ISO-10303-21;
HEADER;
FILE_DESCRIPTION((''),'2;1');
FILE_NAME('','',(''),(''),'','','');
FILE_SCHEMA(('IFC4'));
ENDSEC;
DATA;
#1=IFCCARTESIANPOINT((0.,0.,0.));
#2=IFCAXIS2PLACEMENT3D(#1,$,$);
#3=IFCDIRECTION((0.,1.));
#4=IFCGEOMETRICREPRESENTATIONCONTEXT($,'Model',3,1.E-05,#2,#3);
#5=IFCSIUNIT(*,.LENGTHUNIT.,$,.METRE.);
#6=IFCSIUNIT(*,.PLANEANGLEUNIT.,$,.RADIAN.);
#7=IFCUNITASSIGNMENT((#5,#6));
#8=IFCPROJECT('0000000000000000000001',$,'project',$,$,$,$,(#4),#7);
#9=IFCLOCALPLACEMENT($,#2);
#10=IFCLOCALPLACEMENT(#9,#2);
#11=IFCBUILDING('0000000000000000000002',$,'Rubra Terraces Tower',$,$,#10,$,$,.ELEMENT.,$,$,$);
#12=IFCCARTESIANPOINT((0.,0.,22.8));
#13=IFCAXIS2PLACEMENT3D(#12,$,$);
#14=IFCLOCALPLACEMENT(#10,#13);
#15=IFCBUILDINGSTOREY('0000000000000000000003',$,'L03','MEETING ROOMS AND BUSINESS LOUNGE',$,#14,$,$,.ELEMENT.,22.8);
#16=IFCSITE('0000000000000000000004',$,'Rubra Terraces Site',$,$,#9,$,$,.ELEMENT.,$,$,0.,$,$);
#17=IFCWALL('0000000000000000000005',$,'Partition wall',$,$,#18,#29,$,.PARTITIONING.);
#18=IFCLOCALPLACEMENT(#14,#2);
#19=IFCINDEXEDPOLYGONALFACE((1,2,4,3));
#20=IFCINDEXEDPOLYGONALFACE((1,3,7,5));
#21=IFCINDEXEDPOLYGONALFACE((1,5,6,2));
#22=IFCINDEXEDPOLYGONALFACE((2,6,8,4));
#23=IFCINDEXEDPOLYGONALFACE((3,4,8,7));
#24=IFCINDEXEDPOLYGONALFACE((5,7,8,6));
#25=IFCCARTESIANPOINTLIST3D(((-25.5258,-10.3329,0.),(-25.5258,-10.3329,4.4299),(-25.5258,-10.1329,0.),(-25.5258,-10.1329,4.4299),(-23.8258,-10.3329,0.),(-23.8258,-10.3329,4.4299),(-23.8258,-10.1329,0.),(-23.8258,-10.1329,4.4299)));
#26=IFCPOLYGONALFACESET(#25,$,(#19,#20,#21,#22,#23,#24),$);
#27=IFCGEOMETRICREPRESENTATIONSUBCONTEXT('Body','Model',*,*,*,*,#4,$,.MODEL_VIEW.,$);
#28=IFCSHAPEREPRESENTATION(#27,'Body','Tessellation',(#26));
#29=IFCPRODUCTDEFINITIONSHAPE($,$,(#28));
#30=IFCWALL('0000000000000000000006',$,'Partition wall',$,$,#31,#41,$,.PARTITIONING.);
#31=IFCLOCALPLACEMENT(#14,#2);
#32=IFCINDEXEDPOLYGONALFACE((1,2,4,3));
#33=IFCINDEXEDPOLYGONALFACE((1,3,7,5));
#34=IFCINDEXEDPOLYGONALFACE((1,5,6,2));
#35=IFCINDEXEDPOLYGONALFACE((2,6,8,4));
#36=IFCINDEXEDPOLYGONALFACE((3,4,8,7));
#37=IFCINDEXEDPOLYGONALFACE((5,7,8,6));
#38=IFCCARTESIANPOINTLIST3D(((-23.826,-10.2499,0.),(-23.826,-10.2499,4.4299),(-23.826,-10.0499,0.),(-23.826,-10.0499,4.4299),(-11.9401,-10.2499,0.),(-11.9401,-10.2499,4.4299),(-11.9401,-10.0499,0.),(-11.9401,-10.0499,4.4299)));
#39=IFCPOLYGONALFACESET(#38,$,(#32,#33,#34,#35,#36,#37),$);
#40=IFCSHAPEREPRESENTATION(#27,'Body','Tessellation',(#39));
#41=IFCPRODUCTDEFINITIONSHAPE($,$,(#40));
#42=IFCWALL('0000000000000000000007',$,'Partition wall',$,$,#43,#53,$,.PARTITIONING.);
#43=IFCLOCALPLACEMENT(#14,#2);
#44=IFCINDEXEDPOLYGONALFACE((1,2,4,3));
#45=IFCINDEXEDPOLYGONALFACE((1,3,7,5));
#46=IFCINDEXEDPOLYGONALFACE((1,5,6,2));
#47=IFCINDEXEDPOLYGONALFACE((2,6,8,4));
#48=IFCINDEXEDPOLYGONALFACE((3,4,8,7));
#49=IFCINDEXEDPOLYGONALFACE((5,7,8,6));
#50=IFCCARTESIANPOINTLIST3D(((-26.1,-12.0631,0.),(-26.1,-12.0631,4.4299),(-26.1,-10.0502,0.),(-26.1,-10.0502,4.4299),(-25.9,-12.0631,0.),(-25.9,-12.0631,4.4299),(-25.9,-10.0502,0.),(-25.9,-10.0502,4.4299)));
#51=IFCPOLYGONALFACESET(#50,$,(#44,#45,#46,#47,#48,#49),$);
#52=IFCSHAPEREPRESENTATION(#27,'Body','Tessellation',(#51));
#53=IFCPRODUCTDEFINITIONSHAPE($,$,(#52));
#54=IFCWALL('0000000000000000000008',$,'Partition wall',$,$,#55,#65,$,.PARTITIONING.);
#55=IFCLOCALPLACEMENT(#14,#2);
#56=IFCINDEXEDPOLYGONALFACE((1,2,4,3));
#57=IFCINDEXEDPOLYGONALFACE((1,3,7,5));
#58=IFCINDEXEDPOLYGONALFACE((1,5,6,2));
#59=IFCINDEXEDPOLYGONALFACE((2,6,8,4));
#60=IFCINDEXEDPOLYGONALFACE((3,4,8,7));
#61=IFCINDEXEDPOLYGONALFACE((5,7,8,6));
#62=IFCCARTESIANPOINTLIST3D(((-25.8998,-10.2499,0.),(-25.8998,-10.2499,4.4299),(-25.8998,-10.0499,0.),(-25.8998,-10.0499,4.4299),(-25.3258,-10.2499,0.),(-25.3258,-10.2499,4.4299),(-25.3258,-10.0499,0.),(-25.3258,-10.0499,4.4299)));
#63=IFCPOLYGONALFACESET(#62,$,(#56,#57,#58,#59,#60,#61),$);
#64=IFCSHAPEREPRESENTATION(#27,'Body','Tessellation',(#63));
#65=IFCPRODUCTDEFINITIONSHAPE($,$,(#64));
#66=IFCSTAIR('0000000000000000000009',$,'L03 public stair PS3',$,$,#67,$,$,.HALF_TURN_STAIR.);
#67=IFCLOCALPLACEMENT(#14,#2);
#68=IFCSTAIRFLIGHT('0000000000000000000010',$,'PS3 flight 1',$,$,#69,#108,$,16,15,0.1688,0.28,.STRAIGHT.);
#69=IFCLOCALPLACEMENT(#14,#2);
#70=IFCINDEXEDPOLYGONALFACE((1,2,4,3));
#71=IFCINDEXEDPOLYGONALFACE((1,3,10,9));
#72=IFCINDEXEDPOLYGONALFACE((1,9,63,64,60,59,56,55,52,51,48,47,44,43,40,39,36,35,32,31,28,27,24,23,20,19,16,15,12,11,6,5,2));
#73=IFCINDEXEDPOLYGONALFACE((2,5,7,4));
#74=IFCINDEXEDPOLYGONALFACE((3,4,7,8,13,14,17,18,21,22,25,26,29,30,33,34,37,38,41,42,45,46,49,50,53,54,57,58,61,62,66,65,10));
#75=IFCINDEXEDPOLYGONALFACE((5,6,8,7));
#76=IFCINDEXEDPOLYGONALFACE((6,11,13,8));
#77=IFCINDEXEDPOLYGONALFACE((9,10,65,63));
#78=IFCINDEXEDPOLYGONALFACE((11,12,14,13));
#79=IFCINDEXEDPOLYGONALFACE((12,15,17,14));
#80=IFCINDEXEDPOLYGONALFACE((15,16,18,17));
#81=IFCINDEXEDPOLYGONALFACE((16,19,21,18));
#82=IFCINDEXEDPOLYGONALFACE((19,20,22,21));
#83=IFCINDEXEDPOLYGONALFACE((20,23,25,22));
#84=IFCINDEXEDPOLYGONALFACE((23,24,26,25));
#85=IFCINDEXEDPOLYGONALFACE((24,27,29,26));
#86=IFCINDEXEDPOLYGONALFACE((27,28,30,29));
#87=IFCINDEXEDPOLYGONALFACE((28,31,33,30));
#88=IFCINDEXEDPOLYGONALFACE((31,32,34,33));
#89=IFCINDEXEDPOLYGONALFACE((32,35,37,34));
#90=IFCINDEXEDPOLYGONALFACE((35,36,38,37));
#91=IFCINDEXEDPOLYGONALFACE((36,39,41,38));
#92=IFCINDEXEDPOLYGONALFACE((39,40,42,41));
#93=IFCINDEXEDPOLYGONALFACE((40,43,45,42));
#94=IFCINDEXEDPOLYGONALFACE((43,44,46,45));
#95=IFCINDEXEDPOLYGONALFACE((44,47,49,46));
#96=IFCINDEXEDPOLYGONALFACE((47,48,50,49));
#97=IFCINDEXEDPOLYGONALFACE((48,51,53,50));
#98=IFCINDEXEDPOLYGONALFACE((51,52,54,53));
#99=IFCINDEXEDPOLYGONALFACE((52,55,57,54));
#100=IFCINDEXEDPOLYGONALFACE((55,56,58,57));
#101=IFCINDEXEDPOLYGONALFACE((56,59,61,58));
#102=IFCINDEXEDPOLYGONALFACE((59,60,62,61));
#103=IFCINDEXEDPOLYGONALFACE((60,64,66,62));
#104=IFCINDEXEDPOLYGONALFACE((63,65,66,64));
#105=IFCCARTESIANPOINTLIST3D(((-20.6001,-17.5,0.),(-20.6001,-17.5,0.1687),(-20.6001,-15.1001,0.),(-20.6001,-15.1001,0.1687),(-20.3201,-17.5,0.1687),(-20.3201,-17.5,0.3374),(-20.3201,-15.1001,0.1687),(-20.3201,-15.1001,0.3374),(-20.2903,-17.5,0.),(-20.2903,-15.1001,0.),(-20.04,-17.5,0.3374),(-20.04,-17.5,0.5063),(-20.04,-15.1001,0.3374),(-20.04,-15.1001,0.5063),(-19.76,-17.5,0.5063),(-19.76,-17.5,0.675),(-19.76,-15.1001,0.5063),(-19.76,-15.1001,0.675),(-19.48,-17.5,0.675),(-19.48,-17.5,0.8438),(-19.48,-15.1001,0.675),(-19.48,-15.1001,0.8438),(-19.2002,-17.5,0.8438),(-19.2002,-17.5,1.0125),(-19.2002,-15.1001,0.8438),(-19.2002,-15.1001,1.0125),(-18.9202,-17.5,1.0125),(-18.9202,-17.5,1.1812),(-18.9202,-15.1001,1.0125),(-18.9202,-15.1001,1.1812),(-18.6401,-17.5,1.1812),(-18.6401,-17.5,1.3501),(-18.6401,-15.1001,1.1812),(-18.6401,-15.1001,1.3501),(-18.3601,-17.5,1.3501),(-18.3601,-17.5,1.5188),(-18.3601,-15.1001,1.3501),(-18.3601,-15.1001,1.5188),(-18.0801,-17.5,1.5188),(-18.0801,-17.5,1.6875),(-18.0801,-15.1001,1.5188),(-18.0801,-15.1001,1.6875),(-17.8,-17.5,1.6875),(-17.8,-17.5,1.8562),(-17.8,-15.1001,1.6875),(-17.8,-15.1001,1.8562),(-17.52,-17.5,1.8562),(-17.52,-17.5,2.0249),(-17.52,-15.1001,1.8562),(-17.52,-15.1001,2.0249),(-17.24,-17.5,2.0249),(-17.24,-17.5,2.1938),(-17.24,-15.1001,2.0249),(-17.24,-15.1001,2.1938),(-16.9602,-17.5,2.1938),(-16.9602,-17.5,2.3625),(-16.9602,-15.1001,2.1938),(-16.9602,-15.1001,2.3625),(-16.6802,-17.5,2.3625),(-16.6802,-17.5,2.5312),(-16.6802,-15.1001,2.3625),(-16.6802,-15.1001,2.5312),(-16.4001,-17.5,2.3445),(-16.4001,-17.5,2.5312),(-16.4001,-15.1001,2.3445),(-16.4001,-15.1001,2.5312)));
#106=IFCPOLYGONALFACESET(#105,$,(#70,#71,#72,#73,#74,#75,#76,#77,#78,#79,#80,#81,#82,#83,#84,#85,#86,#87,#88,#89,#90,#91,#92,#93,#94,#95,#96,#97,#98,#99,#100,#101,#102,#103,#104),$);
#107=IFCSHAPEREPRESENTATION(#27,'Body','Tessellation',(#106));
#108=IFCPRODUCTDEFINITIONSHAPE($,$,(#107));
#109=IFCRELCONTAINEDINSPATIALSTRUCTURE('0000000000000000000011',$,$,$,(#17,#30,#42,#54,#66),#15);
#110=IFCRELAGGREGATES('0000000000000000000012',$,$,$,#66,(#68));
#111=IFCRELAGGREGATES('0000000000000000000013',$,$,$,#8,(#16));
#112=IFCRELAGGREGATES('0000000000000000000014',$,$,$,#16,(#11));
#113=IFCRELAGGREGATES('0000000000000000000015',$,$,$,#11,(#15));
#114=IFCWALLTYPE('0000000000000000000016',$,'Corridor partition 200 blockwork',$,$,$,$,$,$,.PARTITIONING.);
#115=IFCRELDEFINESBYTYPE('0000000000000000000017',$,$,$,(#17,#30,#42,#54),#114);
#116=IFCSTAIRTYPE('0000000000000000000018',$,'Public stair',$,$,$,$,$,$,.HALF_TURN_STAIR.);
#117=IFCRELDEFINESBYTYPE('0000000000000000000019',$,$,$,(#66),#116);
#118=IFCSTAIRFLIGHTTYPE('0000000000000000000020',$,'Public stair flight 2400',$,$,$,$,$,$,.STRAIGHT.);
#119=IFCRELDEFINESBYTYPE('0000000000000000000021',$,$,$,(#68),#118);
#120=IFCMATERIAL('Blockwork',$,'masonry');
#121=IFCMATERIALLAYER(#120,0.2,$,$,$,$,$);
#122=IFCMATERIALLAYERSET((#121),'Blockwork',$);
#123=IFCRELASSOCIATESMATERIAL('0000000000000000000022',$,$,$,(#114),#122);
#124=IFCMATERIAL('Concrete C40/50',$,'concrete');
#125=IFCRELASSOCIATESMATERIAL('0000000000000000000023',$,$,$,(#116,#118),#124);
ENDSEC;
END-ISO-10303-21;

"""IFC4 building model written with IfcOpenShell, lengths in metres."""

from ifc_helpers import new_model, si_unit, direction, frame, frame_2d, origin, place, context, subcontext, project, spatial, polyline, rectangle, outline, extrude, material, layer, layer_set, type_object, element, aggregate, save


model = new_model("IFC4")

# Units and contexts
model_context = context("Model", 3, precision=1e-05, world=origin(), true_north=direction((0.0, 1.0)))
body_context = subcontext(model_context, "Body", "Model", "MODEL_VIEW")
ifc_project = project(units=[si_unit("LENGTHUNIT", "METRE"), si_unit("PLANEANGLEUNIT", "RADIAN")], contexts=[model_context])

# Site, building, storey
site_placement = place(None, origin())
site = spatial("IfcSite", under=ifc_project, at=site_placement, Name="Rubra Terraces Site", CompositionType="ELEMENT", RefElevation=0.0)
building_placement = place(site_placement, origin())
building = spatial("IfcBuilding", under=site, at=building_placement, Name="Rubra Terraces Tower", CompositionType="ELEMENT")
storey_placement = place(building_placement, frame((0.0, 0.0, 22.8)))
storey = spatial("IfcBuildingStorey", under=building, at=storey_placement, Name="L03", Description="MEETING ROOMS AND BUSINESS LOUNGE", CompositionType="ELEMENT", Elevation=22.8)

# Walls
ifc_material_1 = material(Name="Blockwork", Category="masonry")
ifc_layer_1 = layer(ifc_material_1, 0.2)
ifc_layer_set_1 = layer_set([ifc_layer_1], Name="Blockwork")
wall_type = type_object("IfcWallType", Name="Corridor partition 200 blockwork", PredefinedType="PARTITIONING", material=ifc_layer_set_1)
wall_1_placement = place(storey_placement, frame((-25.5259, -10.2329, 0.0), z_axis=(0.0, 0.0, 1.0), x_axis=(1.0, 0.0, 0.0)))
element("IfcWall", 1, at=wall_1_placement, inside=storey, type_object=wall_type, Name="Partition wall", PredefinedType="PARTITIONING", context=body_context, shape_type="SweptSolid", body=[
    extrude(rectangle(XDim=1.7, YDim=0.2, at=frame_2d((0.8501, 0.0))), origin(), (0.0, 0.0, 1.0), 4.4299),
])
wall_2_placement = place(storey_placement, frame((-23.8259, -10.1499, 0.0), z_axis=(0.0, 0.0, 1.0), x_axis=(1.0, 0.0, 0.0)))
element("IfcWall", 2, at=wall_2_placement, inside=storey, type_object=wall_type, Name="Partition wall", PredefinedType="PARTITIONING", context=body_context, shape_type="SweptSolid", body=[
    extrude(rectangle(XDim=11.886, YDim=0.2, at=frame_2d((5.9429, 0.0))), origin(), (0.0, 0.0, 1.0), 4.4299),
])
wall_3_placement = place(storey_placement, frame((-26.0, -12.063, 0.0), z_axis=(0.0, 0.0, 1.0), x_axis=(0.0, 1.0, 0.0)))
element("IfcWall", 3, at=wall_3_placement, inside=storey, type_object=wall_type, Name="Partition wall", PredefinedType="PARTITIONING", context=body_context, shape_type="SweptSolid", body=[
    extrude(rectangle(XDim=2.0129, YDim=0.2, at=frame_2d((1.0063, 0.0))), origin(), (0.0, 0.0, 1.0), 4.4299),
])
wall_4_placement = place(storey_placement, frame((-25.8999, -10.1499, 0.0), z_axis=(0.0, 0.0, 1.0), x_axis=(1.0, 0.0, 0.0)))
element("IfcWall", 4, at=wall_4_placement, inside=storey, type_object=wall_type, Name="Partition wall", PredefinedType="PARTITIONING", context=body_context, shape_type="SweptSolid", body=[
    extrude(rectangle(XDim=0.574, YDim=0.2, at=frame_2d((0.2871, 0.0))), origin(), (0.0, 0.0, 1.0), 4.4299),
])

# Stair, stair flight
ifc_material_2 = material(Name="Concrete C40/50", Category="concrete")
stair_type = type_object("IfcStairType", Name="Public stair", PredefinedType="HALF_TURN_STAIR", material=ifc_material_2)
stair_placement = place(storey_placement, origin())
stair = element("IfcStair", 5, at=stair_placement, inside=storey, type_object=stair_type, Name="L03 public stair PS3", PredefinedType="HALF_TURN_STAIR")
stair_flight_type = type_object("IfcStairFlightType", Name="Public stair flight 2400", PredefinedType="STRAIGHT", material=ifc_material_2)
stair_flight_placement = place(storey_placement, frame((-20.6001, -16.3, 0.0), z_axis=(0.0, 0.0, 1.0), x_axis=(1.0, 0.0, 0.0)))
stair_flight = element("IfcStairFlight", 6, at=stair_flight_placement, type_object=stair_flight_type, Name="PS3 flight 1", NumberOfRisers=16, NumberOfTreads=15, PredefinedType="STRAIGHT", RiserHeight=0.1688, TreadLength=0.28, context=body_context, shape_type="SweptSolid", body=[
    extrude(outline(polyline([(0.0, 0.0), (0.0, 0.1687), (0.28, 0.1687), (0.28, 0.3374), (0.5601, 0.3374), (0.5601, 0.5063), (0.8401, 0.5063), (0.8401, 0.675), (1.1201, 0.675), (1.1201, 0.8438), (1.3999, 0.8438), (1.3999, 1.0125), (1.6799, 1.0125), (1.6799, 1.1812), (1.96, 1.1812), (1.96, 1.3501), (2.24, 1.3501), (2.24, 1.5188), (2.52, 1.5188), (2.52, 1.6875), (2.8, 1.6875), (2.8, 1.8562), (3.0801, 1.8562), (3.0801, 2.0249), (3.3601, 2.0249), (3.3601, 2.1938), (3.6399, 2.1938), (3.6399, 2.3625), (3.9199, 2.3625), (3.9199, 2.5312), (4.2, 2.5312), (4.2, 2.7), (4.2, 2.3445), (0.3098, 0.0), (0.0, 0.0)])), frame((0.0, 1.2, 0.0), z_axis=(0.0, -1.0, 0.0), x_axis=(1.0, 0.0, 0.0)), (0.0, 0.0, 1.0), 2.3999),
])
aggregate(stair, [stair_flight])

save(model, "model.ifc")
